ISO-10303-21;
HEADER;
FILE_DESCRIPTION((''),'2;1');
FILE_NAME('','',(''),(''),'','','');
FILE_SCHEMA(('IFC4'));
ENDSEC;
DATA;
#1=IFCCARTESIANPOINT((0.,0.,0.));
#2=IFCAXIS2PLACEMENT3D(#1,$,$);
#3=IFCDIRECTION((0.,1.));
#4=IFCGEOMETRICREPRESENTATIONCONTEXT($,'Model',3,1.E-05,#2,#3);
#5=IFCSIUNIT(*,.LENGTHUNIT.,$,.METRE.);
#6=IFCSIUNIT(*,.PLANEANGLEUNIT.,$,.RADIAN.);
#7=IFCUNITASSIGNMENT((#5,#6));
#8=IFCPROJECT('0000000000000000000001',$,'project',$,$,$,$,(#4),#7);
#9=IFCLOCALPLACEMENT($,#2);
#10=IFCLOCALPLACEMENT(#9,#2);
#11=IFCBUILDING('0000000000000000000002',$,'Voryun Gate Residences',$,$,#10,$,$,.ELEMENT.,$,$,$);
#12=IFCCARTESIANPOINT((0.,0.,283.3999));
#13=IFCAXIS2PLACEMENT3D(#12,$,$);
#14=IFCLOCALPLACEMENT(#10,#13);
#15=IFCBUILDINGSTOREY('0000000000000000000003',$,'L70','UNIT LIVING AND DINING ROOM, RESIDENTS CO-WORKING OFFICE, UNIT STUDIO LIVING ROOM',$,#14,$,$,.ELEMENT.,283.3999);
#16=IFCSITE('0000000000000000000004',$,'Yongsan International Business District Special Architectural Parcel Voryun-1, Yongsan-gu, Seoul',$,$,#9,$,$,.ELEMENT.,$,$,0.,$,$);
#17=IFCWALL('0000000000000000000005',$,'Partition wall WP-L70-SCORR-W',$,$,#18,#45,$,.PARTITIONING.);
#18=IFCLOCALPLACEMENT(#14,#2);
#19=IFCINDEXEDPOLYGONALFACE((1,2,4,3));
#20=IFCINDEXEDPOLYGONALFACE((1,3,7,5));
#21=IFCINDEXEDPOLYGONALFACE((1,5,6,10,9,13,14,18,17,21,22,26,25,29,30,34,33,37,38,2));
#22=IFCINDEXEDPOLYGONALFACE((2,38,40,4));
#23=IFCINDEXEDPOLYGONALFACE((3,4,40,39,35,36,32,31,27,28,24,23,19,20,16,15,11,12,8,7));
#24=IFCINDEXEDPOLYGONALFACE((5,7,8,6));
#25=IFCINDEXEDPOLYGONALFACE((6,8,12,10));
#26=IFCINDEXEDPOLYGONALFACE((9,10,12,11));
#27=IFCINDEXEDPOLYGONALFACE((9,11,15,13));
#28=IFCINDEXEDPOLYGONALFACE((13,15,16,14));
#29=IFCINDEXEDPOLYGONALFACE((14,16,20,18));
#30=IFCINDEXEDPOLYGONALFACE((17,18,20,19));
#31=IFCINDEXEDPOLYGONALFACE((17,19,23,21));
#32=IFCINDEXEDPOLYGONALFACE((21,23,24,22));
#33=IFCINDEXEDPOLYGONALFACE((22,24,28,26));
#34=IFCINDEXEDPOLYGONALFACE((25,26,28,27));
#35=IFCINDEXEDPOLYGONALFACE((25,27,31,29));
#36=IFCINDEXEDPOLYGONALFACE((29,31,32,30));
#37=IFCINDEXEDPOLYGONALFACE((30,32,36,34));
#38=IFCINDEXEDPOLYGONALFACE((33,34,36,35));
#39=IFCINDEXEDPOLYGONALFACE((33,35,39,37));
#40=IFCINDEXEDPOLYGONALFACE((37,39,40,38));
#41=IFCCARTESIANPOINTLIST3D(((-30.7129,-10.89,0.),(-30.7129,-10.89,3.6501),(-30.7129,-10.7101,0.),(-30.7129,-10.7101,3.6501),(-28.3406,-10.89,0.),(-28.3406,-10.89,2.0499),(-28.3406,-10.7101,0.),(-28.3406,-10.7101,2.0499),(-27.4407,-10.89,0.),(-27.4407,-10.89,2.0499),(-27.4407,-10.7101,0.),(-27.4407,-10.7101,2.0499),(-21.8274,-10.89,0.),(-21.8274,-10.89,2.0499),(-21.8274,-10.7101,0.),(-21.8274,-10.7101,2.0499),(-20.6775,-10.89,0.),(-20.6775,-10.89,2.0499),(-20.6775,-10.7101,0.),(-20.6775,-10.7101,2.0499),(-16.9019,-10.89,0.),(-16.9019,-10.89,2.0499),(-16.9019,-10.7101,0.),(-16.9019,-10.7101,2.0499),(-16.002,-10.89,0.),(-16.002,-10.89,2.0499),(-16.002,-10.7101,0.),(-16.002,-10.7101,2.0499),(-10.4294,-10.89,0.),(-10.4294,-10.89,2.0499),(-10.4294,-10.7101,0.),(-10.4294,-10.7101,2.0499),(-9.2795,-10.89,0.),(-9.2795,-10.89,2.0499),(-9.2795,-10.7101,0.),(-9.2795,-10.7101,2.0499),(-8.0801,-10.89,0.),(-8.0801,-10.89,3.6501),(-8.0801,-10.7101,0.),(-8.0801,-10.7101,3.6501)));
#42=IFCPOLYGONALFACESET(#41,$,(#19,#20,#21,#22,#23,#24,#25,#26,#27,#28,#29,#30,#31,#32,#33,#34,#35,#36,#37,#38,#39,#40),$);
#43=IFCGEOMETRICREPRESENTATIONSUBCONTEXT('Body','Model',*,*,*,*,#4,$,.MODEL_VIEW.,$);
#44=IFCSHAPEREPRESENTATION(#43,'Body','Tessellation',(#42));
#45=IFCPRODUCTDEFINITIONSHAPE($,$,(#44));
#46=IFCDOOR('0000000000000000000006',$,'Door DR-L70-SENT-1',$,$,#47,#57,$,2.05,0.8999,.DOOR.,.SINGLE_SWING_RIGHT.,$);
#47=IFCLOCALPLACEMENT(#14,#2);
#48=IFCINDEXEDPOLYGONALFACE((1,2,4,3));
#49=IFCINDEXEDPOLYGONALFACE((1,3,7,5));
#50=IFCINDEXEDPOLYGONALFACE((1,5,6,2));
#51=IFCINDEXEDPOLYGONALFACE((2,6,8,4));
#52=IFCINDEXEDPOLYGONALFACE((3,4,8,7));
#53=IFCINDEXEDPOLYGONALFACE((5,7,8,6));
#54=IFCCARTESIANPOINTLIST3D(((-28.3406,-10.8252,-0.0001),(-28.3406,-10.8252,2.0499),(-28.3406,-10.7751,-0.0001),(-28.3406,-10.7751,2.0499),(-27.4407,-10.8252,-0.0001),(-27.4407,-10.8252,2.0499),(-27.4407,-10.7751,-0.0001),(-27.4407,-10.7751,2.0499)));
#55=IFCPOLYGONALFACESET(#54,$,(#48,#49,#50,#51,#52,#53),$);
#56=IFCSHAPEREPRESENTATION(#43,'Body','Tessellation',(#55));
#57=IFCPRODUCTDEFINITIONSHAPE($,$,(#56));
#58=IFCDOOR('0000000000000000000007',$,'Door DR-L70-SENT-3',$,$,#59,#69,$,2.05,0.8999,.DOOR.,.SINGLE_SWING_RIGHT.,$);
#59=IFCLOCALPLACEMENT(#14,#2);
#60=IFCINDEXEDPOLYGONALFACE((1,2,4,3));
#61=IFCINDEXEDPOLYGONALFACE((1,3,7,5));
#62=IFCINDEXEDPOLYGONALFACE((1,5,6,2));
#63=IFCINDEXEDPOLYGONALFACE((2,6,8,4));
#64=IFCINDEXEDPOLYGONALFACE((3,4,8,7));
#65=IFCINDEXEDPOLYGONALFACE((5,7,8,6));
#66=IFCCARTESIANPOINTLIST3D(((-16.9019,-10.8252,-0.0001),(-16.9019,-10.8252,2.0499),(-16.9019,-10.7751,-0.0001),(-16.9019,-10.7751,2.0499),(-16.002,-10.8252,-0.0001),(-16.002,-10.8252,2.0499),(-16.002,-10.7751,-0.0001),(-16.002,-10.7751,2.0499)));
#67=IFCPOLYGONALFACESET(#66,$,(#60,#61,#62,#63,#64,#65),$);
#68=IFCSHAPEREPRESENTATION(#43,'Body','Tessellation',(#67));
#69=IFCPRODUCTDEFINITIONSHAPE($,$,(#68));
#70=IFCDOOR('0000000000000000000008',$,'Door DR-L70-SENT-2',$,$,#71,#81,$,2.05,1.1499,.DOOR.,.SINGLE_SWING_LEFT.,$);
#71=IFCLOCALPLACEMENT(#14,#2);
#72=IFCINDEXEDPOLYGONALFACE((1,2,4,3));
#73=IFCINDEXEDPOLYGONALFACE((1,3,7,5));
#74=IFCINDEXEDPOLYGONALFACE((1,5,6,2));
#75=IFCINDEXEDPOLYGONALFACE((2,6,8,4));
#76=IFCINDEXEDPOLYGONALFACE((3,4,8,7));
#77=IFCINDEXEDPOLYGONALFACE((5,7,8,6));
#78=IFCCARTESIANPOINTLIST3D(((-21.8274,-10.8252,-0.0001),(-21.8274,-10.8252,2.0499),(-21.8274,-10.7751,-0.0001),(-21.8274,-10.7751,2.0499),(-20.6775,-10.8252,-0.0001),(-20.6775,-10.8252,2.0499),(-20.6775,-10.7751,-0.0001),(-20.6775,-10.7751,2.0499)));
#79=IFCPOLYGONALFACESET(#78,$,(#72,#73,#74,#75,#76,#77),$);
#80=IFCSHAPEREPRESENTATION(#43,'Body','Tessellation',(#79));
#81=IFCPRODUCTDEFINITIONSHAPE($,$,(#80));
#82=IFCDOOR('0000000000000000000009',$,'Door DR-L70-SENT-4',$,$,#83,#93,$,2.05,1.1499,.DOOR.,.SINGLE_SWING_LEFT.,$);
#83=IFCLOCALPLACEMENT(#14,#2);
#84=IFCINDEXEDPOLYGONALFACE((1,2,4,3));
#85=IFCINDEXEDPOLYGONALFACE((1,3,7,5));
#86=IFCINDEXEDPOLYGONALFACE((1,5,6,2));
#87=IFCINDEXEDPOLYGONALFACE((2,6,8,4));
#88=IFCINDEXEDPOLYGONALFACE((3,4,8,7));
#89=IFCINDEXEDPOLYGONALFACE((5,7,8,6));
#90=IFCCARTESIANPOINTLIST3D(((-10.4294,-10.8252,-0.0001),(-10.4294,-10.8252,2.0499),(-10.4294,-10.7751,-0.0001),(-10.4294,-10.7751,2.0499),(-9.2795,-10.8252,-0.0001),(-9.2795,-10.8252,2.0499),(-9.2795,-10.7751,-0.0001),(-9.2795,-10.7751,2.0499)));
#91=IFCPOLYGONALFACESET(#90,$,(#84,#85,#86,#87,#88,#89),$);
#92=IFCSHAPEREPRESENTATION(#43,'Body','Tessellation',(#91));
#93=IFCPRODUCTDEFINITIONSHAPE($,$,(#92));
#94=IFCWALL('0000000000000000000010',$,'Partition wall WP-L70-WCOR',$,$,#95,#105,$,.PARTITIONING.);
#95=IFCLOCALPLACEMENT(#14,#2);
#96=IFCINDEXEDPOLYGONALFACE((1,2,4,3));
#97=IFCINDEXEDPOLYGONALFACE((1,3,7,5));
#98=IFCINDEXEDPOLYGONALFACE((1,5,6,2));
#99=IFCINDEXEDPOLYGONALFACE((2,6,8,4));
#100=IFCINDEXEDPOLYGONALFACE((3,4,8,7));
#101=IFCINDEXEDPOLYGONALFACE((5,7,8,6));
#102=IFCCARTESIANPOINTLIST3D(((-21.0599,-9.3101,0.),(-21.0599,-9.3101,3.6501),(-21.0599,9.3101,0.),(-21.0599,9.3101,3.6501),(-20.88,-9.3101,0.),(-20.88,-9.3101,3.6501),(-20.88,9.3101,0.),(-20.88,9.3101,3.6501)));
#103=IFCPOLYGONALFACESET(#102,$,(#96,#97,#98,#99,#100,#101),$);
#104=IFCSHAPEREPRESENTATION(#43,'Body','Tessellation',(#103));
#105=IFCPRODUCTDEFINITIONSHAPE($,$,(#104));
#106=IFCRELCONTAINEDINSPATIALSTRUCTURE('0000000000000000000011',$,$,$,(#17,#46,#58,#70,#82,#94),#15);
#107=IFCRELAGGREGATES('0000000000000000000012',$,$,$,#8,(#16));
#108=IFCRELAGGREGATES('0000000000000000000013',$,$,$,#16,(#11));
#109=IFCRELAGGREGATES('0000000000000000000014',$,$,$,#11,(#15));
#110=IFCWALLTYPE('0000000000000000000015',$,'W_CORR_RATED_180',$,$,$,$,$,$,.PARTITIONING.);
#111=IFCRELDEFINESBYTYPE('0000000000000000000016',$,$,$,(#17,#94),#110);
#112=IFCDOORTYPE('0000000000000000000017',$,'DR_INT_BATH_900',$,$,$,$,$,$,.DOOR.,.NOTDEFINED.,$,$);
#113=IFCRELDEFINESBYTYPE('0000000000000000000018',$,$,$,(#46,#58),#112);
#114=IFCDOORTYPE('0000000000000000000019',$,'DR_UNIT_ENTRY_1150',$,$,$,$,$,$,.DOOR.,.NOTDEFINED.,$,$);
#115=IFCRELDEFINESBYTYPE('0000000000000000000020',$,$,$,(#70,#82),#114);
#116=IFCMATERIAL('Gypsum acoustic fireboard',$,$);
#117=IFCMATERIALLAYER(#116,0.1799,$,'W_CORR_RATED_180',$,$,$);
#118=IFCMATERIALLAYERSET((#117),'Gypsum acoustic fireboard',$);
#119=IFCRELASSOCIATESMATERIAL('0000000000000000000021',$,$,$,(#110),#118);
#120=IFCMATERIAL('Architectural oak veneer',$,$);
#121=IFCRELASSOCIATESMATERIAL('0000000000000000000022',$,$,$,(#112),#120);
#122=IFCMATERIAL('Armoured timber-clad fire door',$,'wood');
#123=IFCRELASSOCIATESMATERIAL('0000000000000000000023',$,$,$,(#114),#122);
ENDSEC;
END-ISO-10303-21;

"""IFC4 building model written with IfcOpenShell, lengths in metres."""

from ifc_helpers import new_model, si_unit, direction, frame, frame_2d, origin, place, context, subcontext, project, spatial, rectangle, extrude, material, layer, layer_set, type_object, element, fill, save


model = new_model("IFC4")

# Units and contexts
model_context = context("Model", 3, precision=1e-05, world=origin(), true_north=direction((0.0, 1.0)))
body_context = subcontext(model_context, "Body", "Model", "MODEL_VIEW")
ifc_project = project(units=[si_unit("LENGTHUNIT", "METRE"), si_unit("PLANEANGLEUNIT", "RADIAN")], contexts=[model_context])

# Site, building, storey
site_placement = place(None, origin())
site = spatial("IfcSite", under=ifc_project, at=site_placement, Name="Yongsan International Business District Special Architectural Parcel Voryun-1, Yongsan-gu, Seoul", CompositionType="ELEMENT", RefElevation=0.0)
building_placement = place(site_placement, origin())
building = spatial("IfcBuilding", under=site, at=building_placement, Name="Voryun Gate Residences", CompositionType="ELEMENT")
storey_placement = place(building_placement, frame((0.0, 0.0, 283.3999)))
storey = spatial("IfcBuildingStorey", under=building, at=storey_placement, Name="L70", Description="UNIT LIVING AND DINING ROOM, RESIDENTS CO-WORKING OFFICE, UNIT STUDIO LIVING ROOM", CompositionType="ELEMENT", Elevation=283.3999)

# Shared definitions
ifc_material_1 = material(Name="Gypsum acoustic fireboard")
ifc_layer_1 = layer(ifc_material_1, 0.1799, Name="W_CORR_RATED_180")
ifc_layer_set_1 = layer_set([ifc_layer_1], Name="Gypsum acoustic fireboard")
wall_type_1 = type_object("IfcWallType", Name="W_CORR_RATED_180", PredefinedType="PARTITIONING", material=ifc_layer_set_1)

# Wall, openings, doors
wall_1_placement = place(storey_placement, frame((-30.7129, -10.8, 0.0), z_axis=(0.0, 0.0, 1.0), x_axis=(1.0, 0.0, 0.0)))
wall_1 = element("IfcWall", 1, at=wall_1_placement, inside=storey, type_object=wall_type_1, Name="Partition wall WP-L70-SCORR-W", PredefinedType="PARTITIONING", context=body_context, shape_type="SweptSolid", body=[
    extrude(rectangle(XDim=22.6328, YDim=0.1799, at=frame_2d((11.3164, 0.0))), origin(), (0.0, 0.0, 1.0), 3.6501),
])
opening_1_placement = place(wall_1_placement, frame((2.3723, 0.0, 0.0)))
opening_1 = element("IfcOpeningElement", 2, at=opening_1_placement, cuts=wall_1, PredefinedType="OPENING", context=body_context, shape_type="SweptSolid", body=[
    extrude(rectangle(XDim=0.8999, YDim=2.05, at=frame_2d((0.45, 1.0249))), frame((0.0, 0.0999, 0.0), z_axis=(0.0, -1.0, 0.0), x_axis=(1.0, 0.0, 0.0)), (0.0, 0.0, 1.0), 0.2),
])
opening_2_placement = place(wall_1_placement, frame((8.8855, 0.0, 0.0)))
opening_2 = element("IfcOpeningElement", 3, at=opening_2_placement, cuts=wall_1, PredefinedType="OPENING", context=body_context, shape_type="SweptSolid", body=[
    extrude(rectangle(XDim=1.1499, YDim=2.05, at=frame_2d((0.575, 1.0249))), frame((0.0, 0.0999, 0.0), z_axis=(0.0, -1.0, 0.0), x_axis=(1.0, 0.0, 0.0)), (0.0, 0.0, 1.0), 0.2),
])
opening_3_placement = place(wall_1_placement, frame((13.811, 0.0, 0.0)))
opening_3 = element("IfcOpeningElement", 4, at=opening_3_placement, cuts=wall_1, PredefinedType="OPENING", context=body_context, shape_type="SweptSolid", body=[
    extrude(rectangle(XDim=0.8999, YDim=2.05, at=frame_2d((0.45, 1.0249))), frame((0.0, 0.0999, 0.0), z_axis=(0.0, -1.0, 0.0), x_axis=(1.0, 0.0, 0.0)), (0.0, 0.0, 1.0), 0.2),
])
opening_4_placement = place(wall_1_placement, frame((20.2834, 0.0, 0.0)))
opening_4 = element("IfcOpeningElement", 5, at=opening_4_placement, cuts=wall_1, PredefinedType="OPENING", context=body_context, shape_type="SweptSolid", body=[
    extrude(rectangle(XDim=1.1499, YDim=2.05, at=frame_2d((0.575, 1.0249))), frame((0.0, 0.0999, 0.0), z_axis=(0.0, -1.0, 0.0), x_axis=(1.0, 0.0, 0.0)), (0.0, 0.0, 1.0), 0.2),
])
ifc_material_2 = material(Name="Architectural oak veneer")
door_type_1 = type_object("IfcDoorType", Name="DR_INT_BATH_900", OperationType="NOTDEFINED", PredefinedType="DOOR", material=ifc_material_2)
door_1_placement = place(opening_1_placement, origin())
door_1 = element("IfcDoor", 6, at=door_1_placement, inside=storey, type_object=door_type_1, Name="Door DR-L70-SENT-1", OperationType="SINGLE_SWING_RIGHT", OverallHeight=2.05, OverallWidth=0.8999, PredefinedType="DOOR", context=body_context, shape_type="SweptSolid", body=[
    extrude(rectangle(XDim=0.8999, YDim=2.05, at=frame_2d((0.45, 1.0249))), frame((0.0, 0.0249, 0.0), z_axis=(0.0, -1.0, 0.0), x_axis=(1.0, 0.0, 0.0)), (0.0, 0.0, 1.0), 0.05),
])
fill(opening_1, door_1)
door_2_placement = place(opening_3_placement, origin())
door_2 = element("IfcDoor", 7, at=door_2_placement, inside=storey, type_object=door_type_1, Name="Door DR-L70-SENT-3", OperationType="SINGLE_SWING_RIGHT", OverallHeight=2.05, OverallWidth=0.8999, PredefinedType="DOOR", context=body_context, shape_type="SweptSolid", body=[
    extrude(rectangle(XDim=0.8999, YDim=2.05, at=frame_2d((0.45, 1.0249))), frame((0.0, 0.0249, 0.0), z_axis=(0.0, -1.0, 0.0), x_axis=(1.0, 0.0, 0.0)), (0.0, 0.0, 1.0), 0.05),
])
fill(opening_3, door_2)
ifc_material_3 = material(Name="Armoured timber-clad fire door", Category="wood")
door_type_2 = type_object("IfcDoorType", Name="DR_UNIT_ENTRY_1150", OperationType="NOTDEFINED", PredefinedType="DOOR", material=ifc_material_3)
door_3_placement = place(opening_2_placement, origin())
door_3 = element("IfcDoor", 8, at=door_3_placement, inside=storey, type_object=door_type_2, Name="Door DR-L70-SENT-2", OperationType="SINGLE_SWING_LEFT", OverallHeight=2.05, OverallWidth=1.1499, PredefinedType="DOOR", context=body_context, shape_type="SweptSolid", body=[
    extrude(rectangle(XDim=1.1499, YDim=2.05, at=frame_2d((0.575, 1.0249))), frame((0.0, 0.0249, 0.0), z_axis=(0.0, -1.0, 0.0), x_axis=(1.0, 0.0, 0.0)), (0.0, 0.0, 1.0), 0.05),
])
fill(opening_2, door_3)
door_4_placement = place(opening_4_placement, origin())
door_4 = element("IfcDoor", 9, at=door_4_placement, inside=storey, type_object=door_type_2, Name="Door DR-L70-SENT-4", OperationType="SINGLE_SWING_LEFT", OverallHeight=2.05, OverallWidth=1.1499, PredefinedType="DOOR", context=body_context, shape_type="SweptSolid", body=[
    extrude(rectangle(XDim=1.1499, YDim=2.05, at=frame_2d((0.575, 1.0249))), frame((0.0, 0.0249, 0.0), z_axis=(0.0, -1.0, 0.0), x_axis=(1.0, 0.0, 0.0)), (0.0, 0.0, 1.0), 0.05),
])
fill(opening_4, door_4)

# Wall
wall_2_placement = place(storey_placement, frame((-20.97, -9.3101, 0.0), z_axis=(0.0, 0.0, 1.0), x_axis=(0.0, 1.0, 0.0)))
element("IfcWall", 10, at=wall_2_placement, inside=storey, type_object=wall_type_1, Name="Partition wall WP-L70-WCOR", PredefinedType="PARTITIONING", context=body_context, shape_type="SweptSolid", body=[
    extrude(rectangle(XDim=18.6201, YDim=0.1799, at=frame_2d((9.3101, 0.0))), origin(), (0.0, 0.0, 1.0), 3.6501),
])

save(model, "model.ifc")
